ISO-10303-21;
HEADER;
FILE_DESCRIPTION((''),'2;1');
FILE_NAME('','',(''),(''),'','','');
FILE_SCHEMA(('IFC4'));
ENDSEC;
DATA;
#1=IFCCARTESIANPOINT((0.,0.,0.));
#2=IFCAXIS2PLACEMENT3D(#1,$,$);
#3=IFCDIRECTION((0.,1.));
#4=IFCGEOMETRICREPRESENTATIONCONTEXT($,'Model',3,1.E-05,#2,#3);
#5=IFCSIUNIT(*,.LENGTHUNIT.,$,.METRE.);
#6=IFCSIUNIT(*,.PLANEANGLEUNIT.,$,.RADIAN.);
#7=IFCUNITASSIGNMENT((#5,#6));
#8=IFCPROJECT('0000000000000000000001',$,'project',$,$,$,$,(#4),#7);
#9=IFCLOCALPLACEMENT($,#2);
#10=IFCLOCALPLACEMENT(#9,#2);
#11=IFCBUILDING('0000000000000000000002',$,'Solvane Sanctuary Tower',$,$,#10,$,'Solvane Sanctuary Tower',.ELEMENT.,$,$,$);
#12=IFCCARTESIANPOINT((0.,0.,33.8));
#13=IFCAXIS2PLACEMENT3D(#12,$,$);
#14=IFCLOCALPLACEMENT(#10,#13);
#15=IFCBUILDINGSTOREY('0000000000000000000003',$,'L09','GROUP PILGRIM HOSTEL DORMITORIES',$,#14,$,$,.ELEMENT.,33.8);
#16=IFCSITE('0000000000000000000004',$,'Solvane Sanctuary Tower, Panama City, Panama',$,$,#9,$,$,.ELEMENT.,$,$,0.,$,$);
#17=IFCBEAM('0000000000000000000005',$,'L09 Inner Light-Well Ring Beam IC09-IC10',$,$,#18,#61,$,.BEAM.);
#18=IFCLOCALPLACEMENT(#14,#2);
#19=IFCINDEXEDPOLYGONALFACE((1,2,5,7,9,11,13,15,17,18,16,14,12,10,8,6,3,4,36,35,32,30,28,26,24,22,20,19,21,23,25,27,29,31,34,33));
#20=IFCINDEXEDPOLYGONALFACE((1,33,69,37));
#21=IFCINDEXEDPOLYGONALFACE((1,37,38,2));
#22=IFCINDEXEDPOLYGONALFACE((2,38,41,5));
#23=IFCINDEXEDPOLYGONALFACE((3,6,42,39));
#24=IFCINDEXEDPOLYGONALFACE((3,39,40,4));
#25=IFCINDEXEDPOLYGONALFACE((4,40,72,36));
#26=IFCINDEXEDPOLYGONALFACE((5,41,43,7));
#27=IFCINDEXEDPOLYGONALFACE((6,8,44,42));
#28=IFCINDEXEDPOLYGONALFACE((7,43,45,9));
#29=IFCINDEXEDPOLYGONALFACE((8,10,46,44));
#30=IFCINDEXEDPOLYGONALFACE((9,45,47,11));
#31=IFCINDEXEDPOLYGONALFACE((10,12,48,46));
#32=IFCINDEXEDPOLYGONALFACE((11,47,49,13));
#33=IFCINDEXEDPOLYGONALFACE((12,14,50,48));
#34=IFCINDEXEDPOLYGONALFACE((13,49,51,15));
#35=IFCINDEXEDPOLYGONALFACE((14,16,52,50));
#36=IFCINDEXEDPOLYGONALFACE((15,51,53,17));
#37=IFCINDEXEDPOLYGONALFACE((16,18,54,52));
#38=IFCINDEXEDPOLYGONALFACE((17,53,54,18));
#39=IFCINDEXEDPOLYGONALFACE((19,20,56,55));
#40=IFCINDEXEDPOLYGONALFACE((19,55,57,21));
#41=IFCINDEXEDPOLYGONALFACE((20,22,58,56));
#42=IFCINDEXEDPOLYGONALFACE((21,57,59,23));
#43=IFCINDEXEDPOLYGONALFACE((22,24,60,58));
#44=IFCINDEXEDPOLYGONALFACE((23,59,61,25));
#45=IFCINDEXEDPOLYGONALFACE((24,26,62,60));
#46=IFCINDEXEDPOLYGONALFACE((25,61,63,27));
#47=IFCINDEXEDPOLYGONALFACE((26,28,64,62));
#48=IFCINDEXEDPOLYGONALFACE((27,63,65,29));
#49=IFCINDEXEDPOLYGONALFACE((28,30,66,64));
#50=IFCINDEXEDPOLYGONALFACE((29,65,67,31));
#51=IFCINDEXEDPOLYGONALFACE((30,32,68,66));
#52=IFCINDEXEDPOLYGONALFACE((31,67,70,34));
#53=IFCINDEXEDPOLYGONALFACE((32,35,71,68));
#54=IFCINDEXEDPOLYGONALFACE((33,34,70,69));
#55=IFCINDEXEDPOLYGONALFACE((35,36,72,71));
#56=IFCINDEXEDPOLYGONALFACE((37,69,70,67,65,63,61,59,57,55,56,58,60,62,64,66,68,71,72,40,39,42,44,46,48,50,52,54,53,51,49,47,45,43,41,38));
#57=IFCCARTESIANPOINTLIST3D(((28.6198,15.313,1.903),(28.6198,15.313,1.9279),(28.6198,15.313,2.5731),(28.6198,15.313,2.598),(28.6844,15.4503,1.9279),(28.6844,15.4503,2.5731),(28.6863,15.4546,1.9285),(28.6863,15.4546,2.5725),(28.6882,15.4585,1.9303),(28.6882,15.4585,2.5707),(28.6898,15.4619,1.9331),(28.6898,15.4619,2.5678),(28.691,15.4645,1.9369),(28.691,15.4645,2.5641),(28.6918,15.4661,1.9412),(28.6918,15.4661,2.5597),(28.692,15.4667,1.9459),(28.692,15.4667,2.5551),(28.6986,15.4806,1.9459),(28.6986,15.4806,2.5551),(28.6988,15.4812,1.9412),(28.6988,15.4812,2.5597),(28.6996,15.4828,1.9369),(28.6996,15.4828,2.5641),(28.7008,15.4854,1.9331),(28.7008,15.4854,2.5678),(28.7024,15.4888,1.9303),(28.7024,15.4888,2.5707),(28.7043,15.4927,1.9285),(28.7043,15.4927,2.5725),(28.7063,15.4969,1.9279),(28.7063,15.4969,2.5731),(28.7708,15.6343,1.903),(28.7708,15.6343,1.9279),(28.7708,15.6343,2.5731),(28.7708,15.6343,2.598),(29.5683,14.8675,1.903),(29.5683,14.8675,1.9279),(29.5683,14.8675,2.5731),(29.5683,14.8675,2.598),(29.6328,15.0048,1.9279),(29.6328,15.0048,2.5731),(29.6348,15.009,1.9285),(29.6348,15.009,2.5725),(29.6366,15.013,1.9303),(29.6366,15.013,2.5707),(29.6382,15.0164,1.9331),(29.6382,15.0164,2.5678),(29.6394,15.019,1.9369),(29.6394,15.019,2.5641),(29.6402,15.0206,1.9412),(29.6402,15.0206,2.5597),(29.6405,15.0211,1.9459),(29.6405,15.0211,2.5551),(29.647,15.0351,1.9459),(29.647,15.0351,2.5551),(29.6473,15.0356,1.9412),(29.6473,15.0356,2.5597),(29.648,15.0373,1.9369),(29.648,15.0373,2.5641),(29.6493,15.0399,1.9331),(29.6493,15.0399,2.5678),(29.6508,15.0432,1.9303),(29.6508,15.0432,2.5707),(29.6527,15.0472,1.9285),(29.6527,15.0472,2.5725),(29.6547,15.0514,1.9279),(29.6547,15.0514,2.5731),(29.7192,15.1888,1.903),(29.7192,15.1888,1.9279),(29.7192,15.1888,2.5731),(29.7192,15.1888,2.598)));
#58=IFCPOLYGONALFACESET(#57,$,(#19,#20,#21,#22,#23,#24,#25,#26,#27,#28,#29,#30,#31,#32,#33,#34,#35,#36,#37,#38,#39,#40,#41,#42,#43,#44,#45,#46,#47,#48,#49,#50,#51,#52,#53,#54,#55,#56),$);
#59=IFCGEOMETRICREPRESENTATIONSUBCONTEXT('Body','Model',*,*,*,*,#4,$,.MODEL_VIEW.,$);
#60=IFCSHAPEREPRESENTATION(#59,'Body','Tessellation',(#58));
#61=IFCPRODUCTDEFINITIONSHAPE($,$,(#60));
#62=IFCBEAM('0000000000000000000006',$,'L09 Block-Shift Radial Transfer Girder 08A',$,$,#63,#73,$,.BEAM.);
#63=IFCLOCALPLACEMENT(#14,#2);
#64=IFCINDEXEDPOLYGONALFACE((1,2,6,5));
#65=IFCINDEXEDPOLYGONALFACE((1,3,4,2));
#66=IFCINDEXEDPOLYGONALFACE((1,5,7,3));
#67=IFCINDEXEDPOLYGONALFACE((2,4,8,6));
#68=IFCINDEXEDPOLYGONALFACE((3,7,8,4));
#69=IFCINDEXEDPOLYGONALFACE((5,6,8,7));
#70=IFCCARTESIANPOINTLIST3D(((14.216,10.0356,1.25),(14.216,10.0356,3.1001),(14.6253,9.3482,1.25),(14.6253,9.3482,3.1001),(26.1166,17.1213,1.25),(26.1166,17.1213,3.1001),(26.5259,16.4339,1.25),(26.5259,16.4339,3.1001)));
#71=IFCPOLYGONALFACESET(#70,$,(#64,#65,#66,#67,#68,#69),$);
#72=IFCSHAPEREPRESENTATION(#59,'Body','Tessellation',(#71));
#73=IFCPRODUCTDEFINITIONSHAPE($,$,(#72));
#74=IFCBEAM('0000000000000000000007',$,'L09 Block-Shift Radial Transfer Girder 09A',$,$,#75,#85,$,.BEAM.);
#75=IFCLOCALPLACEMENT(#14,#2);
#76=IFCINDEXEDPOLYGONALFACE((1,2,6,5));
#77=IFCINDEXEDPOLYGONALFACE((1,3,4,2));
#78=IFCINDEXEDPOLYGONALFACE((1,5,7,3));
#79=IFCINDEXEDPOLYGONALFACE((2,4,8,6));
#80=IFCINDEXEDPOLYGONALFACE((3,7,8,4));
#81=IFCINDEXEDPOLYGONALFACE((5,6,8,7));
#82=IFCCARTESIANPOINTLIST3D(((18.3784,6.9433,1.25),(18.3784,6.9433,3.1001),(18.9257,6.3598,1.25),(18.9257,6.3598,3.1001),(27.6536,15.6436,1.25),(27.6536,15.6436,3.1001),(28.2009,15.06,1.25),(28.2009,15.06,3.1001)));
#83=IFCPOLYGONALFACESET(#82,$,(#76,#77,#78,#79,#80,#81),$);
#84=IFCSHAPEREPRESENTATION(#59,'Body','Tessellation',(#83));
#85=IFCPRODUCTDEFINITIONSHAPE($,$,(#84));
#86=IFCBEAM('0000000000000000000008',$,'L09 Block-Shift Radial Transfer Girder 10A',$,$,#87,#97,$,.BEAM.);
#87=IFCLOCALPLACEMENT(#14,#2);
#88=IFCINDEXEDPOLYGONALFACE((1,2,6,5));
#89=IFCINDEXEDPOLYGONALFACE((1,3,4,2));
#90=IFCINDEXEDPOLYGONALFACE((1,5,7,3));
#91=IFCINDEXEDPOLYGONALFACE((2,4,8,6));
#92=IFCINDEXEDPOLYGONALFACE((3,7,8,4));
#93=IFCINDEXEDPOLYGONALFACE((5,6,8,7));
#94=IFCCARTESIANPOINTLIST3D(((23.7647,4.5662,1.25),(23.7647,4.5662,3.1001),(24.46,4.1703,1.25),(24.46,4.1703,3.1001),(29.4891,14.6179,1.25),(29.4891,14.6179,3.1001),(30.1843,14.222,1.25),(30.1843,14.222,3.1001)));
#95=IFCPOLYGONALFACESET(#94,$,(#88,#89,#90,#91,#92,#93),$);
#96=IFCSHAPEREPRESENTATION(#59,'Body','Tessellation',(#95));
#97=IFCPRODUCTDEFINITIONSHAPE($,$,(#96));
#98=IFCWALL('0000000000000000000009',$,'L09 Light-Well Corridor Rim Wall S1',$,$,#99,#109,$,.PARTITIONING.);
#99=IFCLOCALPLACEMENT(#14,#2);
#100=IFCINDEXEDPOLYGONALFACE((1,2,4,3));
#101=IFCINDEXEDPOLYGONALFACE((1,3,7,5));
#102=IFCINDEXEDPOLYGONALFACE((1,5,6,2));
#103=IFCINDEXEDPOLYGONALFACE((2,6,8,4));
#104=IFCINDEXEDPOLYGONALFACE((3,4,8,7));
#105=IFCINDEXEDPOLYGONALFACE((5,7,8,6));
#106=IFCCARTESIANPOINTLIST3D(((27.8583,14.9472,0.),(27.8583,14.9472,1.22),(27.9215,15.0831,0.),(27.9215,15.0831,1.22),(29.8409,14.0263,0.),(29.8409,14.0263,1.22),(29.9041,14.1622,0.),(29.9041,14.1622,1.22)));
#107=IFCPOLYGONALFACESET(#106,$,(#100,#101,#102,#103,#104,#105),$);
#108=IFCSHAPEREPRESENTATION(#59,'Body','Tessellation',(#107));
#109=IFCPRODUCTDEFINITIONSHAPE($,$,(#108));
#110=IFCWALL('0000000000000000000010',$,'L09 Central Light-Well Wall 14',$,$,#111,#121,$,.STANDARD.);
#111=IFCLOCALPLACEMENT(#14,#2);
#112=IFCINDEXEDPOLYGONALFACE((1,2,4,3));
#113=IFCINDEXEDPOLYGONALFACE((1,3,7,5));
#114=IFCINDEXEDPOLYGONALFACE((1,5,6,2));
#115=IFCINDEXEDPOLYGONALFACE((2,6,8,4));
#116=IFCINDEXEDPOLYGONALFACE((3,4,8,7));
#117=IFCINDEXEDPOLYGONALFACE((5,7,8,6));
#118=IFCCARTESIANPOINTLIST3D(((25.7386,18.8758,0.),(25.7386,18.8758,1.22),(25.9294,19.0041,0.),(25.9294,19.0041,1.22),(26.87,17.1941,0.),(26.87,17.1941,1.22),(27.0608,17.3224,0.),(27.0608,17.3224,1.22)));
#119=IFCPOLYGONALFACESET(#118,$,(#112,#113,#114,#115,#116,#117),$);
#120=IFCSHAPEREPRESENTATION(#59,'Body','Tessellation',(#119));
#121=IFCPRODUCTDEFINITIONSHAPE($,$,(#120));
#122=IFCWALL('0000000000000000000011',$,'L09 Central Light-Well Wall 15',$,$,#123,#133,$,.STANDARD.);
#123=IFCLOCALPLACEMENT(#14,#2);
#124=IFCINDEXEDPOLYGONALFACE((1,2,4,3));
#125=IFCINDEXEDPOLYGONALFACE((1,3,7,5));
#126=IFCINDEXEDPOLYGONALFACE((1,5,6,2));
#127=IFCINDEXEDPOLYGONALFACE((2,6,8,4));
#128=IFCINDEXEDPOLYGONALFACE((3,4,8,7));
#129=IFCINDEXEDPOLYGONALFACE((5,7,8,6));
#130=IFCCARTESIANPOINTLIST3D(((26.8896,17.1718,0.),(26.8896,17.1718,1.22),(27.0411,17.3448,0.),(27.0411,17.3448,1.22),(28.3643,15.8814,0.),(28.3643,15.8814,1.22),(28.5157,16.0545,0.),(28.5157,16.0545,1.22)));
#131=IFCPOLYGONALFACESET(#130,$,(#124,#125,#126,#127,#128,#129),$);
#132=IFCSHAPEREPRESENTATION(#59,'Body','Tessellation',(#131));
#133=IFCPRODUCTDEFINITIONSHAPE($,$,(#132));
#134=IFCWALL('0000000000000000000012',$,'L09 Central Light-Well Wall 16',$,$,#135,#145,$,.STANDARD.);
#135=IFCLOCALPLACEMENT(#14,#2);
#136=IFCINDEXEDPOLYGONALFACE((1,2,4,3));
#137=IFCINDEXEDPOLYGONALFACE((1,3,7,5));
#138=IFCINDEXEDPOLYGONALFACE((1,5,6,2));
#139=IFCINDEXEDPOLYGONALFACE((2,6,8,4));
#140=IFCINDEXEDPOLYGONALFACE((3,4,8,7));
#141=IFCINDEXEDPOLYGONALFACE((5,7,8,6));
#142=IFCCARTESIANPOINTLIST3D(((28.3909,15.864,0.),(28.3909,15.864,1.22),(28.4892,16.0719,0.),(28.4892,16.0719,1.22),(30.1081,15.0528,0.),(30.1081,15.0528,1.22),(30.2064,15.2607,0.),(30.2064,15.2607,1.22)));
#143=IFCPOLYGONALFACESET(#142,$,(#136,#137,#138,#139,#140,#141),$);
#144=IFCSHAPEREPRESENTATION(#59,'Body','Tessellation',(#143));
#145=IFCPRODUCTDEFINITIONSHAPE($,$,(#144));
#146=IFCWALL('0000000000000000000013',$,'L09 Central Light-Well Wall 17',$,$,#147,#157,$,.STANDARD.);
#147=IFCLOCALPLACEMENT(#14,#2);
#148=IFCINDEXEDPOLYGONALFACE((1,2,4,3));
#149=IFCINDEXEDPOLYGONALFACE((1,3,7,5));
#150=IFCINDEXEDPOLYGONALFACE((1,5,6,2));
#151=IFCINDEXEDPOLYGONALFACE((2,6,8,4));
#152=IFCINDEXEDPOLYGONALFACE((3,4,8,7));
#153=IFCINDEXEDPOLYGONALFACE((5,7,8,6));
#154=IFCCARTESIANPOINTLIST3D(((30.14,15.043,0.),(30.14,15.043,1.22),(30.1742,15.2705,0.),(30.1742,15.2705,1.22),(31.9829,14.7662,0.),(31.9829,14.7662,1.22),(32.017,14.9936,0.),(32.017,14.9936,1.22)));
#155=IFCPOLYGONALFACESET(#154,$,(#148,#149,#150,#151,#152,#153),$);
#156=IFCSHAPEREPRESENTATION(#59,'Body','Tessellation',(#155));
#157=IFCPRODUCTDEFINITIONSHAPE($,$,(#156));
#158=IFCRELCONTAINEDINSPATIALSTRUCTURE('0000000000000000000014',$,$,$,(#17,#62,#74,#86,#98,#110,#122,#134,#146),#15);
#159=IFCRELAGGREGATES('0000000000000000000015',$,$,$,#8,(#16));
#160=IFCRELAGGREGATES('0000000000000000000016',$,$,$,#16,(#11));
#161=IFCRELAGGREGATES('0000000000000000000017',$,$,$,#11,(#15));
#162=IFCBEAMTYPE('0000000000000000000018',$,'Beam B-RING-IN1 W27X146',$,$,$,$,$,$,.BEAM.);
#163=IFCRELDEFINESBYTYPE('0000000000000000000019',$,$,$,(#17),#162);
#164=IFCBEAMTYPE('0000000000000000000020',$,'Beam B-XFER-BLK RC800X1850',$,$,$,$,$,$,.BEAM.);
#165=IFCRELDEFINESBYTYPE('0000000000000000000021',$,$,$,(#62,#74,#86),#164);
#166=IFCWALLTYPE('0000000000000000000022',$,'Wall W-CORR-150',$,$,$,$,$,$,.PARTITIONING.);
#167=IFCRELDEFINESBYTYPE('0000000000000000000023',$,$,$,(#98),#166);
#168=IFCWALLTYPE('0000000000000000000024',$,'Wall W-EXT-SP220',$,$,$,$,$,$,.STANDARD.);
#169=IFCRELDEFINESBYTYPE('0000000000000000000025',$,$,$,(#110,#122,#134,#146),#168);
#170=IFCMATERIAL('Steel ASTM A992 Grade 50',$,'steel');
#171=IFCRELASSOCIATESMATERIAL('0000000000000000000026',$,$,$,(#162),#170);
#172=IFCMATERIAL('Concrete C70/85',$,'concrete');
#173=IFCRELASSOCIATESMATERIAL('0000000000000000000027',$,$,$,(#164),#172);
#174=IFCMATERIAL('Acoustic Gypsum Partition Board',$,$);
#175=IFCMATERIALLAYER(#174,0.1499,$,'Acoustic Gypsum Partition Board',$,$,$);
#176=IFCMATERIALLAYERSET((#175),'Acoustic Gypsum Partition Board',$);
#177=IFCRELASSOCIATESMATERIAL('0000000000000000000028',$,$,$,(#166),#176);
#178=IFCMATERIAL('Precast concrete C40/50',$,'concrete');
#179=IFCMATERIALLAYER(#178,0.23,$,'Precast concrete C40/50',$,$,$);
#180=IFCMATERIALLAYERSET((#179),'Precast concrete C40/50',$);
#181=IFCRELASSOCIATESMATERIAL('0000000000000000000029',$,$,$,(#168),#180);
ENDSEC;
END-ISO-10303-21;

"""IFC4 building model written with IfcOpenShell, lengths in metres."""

from ifc_helpers import new_model, si_unit, direction, frame, frame_2d, origin, origin_2d, place, context, subcontext, project, spatial, rectangle, i_section, extrude, material, layer, layer_set, material_profile, profile_set, type_object, element, save


model = new_model("IFC4")

# Units and contexts
model_context = context("Model", 3, precision=1e-05, world=origin(), true_north=direction((0.0, 1.0)))
body_context = subcontext(model_context, "Body", "Model", "MODEL_VIEW")
ifc_project = project(units=[si_unit("LENGTHUNIT", "METRE"), si_unit("PLANEANGLEUNIT", "RADIAN")], contexts=[model_context])

# Site, building, storey
site_placement = place(None, origin())
site = spatial("IfcSite", under=ifc_project, at=site_placement, Name="Solvane Sanctuary Tower, Panama City, Panama", CompositionType="ELEMENT", RefElevation=0.0)
building_placement = place(site_placement, origin())
building = spatial("IfcBuilding", under=site, at=building_placement, Name="Solvane Sanctuary Tower", LongName="Solvane Sanctuary Tower", CompositionType="ELEMENT")
storey_placement = place(building_placement, frame((0.0, 0.0, 33.8)))
storey = spatial("IfcBuildingStorey", under=building, at=storey_placement, Name="L09", Description="GROUP PILGRIM HOSTEL DORMITORIES", CompositionType="ELEMENT", Elevation=33.8)

# Shared definitions
ifc_material_1 = material(Name="Concrete C70/85", Category="concrete")

# Beams
ifc_material_2 = material(Name="Steel ASTM A992 Grade 50", Category="steel")
ifc_material_profile_1 = material_profile(ifc_material_2, i_section(OverallWidth=0.355, OverallDepth=0.6951, WebThickness=0.0154, FlangeThickness=0.0249, FilletRadius=0.0181, at=origin_2d()), Name="W27X146")
ifc_profile_set_1 = profile_set([ifc_material_profile_1], Name="Steel ASTM A992 Grade 50")
beam_type_1 = type_object("IfcBeamType", Name="Beam B-RING-IN1 W27X146", PredefinedType="BEAM", material=ifc_profile_set_1)
beam_1_placement = place(storey_placement, frame((28.6953, 15.4736, 2.2505), z_axis=(0.905109, -0.42518, 0.0), x_axis=(0.42518, 0.905109, 0.0)))
element("IfcBeam", 1, at=beam_1_placement, inside=storey, type_object=beam_type_1, Name="L09 Inner Light-Well Ring Beam IC09-IC10", PredefinedType="BEAM", context=body_context, shape_type="SweptSolid", body=[
    extrude(i_section(OverallWidth=0.355, OverallDepth=0.6951, WebThickness=0.0154, FlangeThickness=0.0249, FilletRadius=0.0181, at=origin_2d()), origin(), (0.0, 0.0, 1.0), 1.0479),
])
ifc_material_profile_2 = material_profile(ifc_material_1, rectangle(XDim=0.8, YDim=1.8501, at=origin_2d()), Name="RC800X1850")
ifc_profile_set_2 = profile_set([ifc_material_profile_2], Name="Concrete C70/85")
beam_type_2 = type_object("IfcBeamType", Name="Beam B-XFER-BLK RC800X1850", PredefinedType="BEAM", material=ifc_profile_set_2)
beam_2_placement = place(storey_placement, frame((26.3213, 16.7776, 2.175), z_axis=(-0.85923, -0.51159, 0.0), x_axis=(0.51159, -0.85923, 0.0)))
element("IfcBeam", 2, at=beam_2_placement, inside=storey, type_object=beam_type_2, Name="L09 Block-Shift Radial Transfer Girder 08A", PredefinedType="BEAM", context=body_context, shape_type="SweptSolid", body=[
    extrude(rectangle(XDim=0.8, YDim=1.8501, at=origin_2d()), origin(), (0.0, 0.0, 1.0), 13.8503),
])
beam_3_placement = place(storey_placement, frame((27.9272, 15.3518, 2.175), z_axis=(-0.729351, -0.68414, 0.0), x_axis=(0.68414, -0.729351, 0.0)))
element("IfcBeam", 3, at=beam_3_placement, inside=storey, type_object=beam_type_2, Name="L09 Block-Shift Radial Transfer Girder 09A", PredefinedType="BEAM", context=body_context, shape_type="SweptSolid", body=[
    extrude(rectangle(XDim=0.8, YDim=1.8501, at=origin_2d()), origin(), (0.0, 0.0, 1.0), 12.717),
])
beam_4_placement = place(storey_placement, frame((29.8367, 14.4199, 2.175), z_axis=(-0.494868, -0.868968, 0.0), x_axis=(0.868968, -0.494868, 0.0)))
element("IfcBeam", 4, at=beam_4_placement, inside=storey, type_object=beam_type_2, Name="L09 Block-Shift Radial Transfer Girder 10A", PredefinedType="BEAM", context=body_context, shape_type="SweptSolid", body=[
    extrude(rectangle(XDim=0.8, YDim=1.8501, at=origin_2d()), origin(), (0.0, 0.0, 1.0), 11.5674),
])

# Walls
ifc_material_3 = material(Name="Acoustic Gypsum Partition Board")
ifc_layer_1 = layer(ifc_material_3, 0.1499, Name="Acoustic Gypsum Partition Board")
ifc_layer_set_1 = layer_set([ifc_layer_1], Name="Acoustic Gypsum Partition Board")
wall_type_1 = type_object("IfcWallType", Name="Wall W-CORR-150", PredefinedType="PARTITIONING", material=ifc_layer_set_1)
wall_1_placement = place(storey_placement, frame((27.8899, 15.0151, 0.0), z_axis=(0.0, 0.0, 1.0), x_axis=(0.906943, -0.421252, 0.0)))
element("IfcWall", 5, at=wall_1_placement, inside=storey, type_object=wall_type_1, Name="L09 Light-Well Corridor Rim Wall S1", PredefinedType="PARTITIONING", context=body_context, shape_type="SweptSolid", body=[
    extrude(rectangle(XDim=2.186, YDim=0.1499, at=frame_2d((1.093, 0.0))), origin(), (0.0, 0.0, 1.0), 1.22),
])
ifc_material_4 = material(Name="Precast concrete C40/50", Category="concrete")
ifc_layer_2 = layer(ifc_material_4, 0.23, Name="Precast concrete C40/50")
ifc_layer_set_2 = layer_set([ifc_layer_2], Name="Precast concrete C40/50")
wall_type_2 = type_object("IfcWallType", Name="Wall W-EXT-SP220", PredefinedType="STANDARD", material=ifc_layer_set_2)
wall_2_placement = place(storey_placement, frame((25.834, 18.9399, 0.0), z_axis=(0.0, 0.0, 1.0), x_axis=(0.558198, -0.829708, 0.0)))
element("IfcWall", 6, at=wall_2_placement, inside=storey, type_object=wall_type_2, Name="L09 Central Light-Well Wall 14", PredefinedType="STANDARD", context=body_context, shape_type="SweptSolid", body=[
    extrude(rectangle(XDim=2.0269, YDim=0.23, at=frame_2d((1.0134, 0.0))), origin(), (0.0, 0.0, 1.0), 1.22),
])
wall_3_placement = place(storey_placement, frame((26.9653, 17.2583, 0.0), z_axis=(0.0, 0.0, 1.0), x_axis=(0.752577, -0.658505, 0.0)))
element("IfcWall", 7, at=wall_3_placement, inside=storey, type_object=wall_type_2, Name="L09 Central Light-Well Wall 15", PredefinedType="STANDARD", context=body_context, shape_type="SweptSolid", body=[
    extrude(rectangle(XDim=1.9595, YDim=0.23, at=frame_2d((0.9797, 0.0))), origin(), (0.0, 0.0, 1.0), 1.22),
])
wall_4_placement = place(storey_placement, frame((28.4399, 15.968, 0.0), z_axis=(0.0, 0.0, 1.0), x_axis=(0.90418, -0.427152, 0.0)))
element("IfcWall", 8, at=wall_4_placement, inside=storey, type_object=wall_type_2, Name="L09 Central Light-Well Wall 16", PredefinedType="STANDARD", context=body_context, shape_type="SweptSolid", body=[
    extrude(rectangle(XDim=1.8992, YDim=0.23, at=frame_2d((0.9497, 0.0))), origin(), (0.0, 0.0, 1.0), 1.22),
])
wall_5_placement = place(storey_placement, frame((30.1572, 15.1567, 0.0), z_axis=(0.0, 0.0, 1.0), x_axis=(0.988902, -0.148571, 0.0)))
element("IfcWall", 9, at=wall_5_placement, inside=storey, type_object=wall_type_2, Name="L09 Central Light-Well Wall 17", PredefinedType="STANDARD", context=body_context, shape_type="SweptSolid", body=[
    extrude(rectangle(XDim=1.8635, YDim=0.23, at=frame_2d((0.9316, 0.0))), origin(), (0.0, 0.0, 1.0), 1.22),
])

save(model, "model.ifc")
